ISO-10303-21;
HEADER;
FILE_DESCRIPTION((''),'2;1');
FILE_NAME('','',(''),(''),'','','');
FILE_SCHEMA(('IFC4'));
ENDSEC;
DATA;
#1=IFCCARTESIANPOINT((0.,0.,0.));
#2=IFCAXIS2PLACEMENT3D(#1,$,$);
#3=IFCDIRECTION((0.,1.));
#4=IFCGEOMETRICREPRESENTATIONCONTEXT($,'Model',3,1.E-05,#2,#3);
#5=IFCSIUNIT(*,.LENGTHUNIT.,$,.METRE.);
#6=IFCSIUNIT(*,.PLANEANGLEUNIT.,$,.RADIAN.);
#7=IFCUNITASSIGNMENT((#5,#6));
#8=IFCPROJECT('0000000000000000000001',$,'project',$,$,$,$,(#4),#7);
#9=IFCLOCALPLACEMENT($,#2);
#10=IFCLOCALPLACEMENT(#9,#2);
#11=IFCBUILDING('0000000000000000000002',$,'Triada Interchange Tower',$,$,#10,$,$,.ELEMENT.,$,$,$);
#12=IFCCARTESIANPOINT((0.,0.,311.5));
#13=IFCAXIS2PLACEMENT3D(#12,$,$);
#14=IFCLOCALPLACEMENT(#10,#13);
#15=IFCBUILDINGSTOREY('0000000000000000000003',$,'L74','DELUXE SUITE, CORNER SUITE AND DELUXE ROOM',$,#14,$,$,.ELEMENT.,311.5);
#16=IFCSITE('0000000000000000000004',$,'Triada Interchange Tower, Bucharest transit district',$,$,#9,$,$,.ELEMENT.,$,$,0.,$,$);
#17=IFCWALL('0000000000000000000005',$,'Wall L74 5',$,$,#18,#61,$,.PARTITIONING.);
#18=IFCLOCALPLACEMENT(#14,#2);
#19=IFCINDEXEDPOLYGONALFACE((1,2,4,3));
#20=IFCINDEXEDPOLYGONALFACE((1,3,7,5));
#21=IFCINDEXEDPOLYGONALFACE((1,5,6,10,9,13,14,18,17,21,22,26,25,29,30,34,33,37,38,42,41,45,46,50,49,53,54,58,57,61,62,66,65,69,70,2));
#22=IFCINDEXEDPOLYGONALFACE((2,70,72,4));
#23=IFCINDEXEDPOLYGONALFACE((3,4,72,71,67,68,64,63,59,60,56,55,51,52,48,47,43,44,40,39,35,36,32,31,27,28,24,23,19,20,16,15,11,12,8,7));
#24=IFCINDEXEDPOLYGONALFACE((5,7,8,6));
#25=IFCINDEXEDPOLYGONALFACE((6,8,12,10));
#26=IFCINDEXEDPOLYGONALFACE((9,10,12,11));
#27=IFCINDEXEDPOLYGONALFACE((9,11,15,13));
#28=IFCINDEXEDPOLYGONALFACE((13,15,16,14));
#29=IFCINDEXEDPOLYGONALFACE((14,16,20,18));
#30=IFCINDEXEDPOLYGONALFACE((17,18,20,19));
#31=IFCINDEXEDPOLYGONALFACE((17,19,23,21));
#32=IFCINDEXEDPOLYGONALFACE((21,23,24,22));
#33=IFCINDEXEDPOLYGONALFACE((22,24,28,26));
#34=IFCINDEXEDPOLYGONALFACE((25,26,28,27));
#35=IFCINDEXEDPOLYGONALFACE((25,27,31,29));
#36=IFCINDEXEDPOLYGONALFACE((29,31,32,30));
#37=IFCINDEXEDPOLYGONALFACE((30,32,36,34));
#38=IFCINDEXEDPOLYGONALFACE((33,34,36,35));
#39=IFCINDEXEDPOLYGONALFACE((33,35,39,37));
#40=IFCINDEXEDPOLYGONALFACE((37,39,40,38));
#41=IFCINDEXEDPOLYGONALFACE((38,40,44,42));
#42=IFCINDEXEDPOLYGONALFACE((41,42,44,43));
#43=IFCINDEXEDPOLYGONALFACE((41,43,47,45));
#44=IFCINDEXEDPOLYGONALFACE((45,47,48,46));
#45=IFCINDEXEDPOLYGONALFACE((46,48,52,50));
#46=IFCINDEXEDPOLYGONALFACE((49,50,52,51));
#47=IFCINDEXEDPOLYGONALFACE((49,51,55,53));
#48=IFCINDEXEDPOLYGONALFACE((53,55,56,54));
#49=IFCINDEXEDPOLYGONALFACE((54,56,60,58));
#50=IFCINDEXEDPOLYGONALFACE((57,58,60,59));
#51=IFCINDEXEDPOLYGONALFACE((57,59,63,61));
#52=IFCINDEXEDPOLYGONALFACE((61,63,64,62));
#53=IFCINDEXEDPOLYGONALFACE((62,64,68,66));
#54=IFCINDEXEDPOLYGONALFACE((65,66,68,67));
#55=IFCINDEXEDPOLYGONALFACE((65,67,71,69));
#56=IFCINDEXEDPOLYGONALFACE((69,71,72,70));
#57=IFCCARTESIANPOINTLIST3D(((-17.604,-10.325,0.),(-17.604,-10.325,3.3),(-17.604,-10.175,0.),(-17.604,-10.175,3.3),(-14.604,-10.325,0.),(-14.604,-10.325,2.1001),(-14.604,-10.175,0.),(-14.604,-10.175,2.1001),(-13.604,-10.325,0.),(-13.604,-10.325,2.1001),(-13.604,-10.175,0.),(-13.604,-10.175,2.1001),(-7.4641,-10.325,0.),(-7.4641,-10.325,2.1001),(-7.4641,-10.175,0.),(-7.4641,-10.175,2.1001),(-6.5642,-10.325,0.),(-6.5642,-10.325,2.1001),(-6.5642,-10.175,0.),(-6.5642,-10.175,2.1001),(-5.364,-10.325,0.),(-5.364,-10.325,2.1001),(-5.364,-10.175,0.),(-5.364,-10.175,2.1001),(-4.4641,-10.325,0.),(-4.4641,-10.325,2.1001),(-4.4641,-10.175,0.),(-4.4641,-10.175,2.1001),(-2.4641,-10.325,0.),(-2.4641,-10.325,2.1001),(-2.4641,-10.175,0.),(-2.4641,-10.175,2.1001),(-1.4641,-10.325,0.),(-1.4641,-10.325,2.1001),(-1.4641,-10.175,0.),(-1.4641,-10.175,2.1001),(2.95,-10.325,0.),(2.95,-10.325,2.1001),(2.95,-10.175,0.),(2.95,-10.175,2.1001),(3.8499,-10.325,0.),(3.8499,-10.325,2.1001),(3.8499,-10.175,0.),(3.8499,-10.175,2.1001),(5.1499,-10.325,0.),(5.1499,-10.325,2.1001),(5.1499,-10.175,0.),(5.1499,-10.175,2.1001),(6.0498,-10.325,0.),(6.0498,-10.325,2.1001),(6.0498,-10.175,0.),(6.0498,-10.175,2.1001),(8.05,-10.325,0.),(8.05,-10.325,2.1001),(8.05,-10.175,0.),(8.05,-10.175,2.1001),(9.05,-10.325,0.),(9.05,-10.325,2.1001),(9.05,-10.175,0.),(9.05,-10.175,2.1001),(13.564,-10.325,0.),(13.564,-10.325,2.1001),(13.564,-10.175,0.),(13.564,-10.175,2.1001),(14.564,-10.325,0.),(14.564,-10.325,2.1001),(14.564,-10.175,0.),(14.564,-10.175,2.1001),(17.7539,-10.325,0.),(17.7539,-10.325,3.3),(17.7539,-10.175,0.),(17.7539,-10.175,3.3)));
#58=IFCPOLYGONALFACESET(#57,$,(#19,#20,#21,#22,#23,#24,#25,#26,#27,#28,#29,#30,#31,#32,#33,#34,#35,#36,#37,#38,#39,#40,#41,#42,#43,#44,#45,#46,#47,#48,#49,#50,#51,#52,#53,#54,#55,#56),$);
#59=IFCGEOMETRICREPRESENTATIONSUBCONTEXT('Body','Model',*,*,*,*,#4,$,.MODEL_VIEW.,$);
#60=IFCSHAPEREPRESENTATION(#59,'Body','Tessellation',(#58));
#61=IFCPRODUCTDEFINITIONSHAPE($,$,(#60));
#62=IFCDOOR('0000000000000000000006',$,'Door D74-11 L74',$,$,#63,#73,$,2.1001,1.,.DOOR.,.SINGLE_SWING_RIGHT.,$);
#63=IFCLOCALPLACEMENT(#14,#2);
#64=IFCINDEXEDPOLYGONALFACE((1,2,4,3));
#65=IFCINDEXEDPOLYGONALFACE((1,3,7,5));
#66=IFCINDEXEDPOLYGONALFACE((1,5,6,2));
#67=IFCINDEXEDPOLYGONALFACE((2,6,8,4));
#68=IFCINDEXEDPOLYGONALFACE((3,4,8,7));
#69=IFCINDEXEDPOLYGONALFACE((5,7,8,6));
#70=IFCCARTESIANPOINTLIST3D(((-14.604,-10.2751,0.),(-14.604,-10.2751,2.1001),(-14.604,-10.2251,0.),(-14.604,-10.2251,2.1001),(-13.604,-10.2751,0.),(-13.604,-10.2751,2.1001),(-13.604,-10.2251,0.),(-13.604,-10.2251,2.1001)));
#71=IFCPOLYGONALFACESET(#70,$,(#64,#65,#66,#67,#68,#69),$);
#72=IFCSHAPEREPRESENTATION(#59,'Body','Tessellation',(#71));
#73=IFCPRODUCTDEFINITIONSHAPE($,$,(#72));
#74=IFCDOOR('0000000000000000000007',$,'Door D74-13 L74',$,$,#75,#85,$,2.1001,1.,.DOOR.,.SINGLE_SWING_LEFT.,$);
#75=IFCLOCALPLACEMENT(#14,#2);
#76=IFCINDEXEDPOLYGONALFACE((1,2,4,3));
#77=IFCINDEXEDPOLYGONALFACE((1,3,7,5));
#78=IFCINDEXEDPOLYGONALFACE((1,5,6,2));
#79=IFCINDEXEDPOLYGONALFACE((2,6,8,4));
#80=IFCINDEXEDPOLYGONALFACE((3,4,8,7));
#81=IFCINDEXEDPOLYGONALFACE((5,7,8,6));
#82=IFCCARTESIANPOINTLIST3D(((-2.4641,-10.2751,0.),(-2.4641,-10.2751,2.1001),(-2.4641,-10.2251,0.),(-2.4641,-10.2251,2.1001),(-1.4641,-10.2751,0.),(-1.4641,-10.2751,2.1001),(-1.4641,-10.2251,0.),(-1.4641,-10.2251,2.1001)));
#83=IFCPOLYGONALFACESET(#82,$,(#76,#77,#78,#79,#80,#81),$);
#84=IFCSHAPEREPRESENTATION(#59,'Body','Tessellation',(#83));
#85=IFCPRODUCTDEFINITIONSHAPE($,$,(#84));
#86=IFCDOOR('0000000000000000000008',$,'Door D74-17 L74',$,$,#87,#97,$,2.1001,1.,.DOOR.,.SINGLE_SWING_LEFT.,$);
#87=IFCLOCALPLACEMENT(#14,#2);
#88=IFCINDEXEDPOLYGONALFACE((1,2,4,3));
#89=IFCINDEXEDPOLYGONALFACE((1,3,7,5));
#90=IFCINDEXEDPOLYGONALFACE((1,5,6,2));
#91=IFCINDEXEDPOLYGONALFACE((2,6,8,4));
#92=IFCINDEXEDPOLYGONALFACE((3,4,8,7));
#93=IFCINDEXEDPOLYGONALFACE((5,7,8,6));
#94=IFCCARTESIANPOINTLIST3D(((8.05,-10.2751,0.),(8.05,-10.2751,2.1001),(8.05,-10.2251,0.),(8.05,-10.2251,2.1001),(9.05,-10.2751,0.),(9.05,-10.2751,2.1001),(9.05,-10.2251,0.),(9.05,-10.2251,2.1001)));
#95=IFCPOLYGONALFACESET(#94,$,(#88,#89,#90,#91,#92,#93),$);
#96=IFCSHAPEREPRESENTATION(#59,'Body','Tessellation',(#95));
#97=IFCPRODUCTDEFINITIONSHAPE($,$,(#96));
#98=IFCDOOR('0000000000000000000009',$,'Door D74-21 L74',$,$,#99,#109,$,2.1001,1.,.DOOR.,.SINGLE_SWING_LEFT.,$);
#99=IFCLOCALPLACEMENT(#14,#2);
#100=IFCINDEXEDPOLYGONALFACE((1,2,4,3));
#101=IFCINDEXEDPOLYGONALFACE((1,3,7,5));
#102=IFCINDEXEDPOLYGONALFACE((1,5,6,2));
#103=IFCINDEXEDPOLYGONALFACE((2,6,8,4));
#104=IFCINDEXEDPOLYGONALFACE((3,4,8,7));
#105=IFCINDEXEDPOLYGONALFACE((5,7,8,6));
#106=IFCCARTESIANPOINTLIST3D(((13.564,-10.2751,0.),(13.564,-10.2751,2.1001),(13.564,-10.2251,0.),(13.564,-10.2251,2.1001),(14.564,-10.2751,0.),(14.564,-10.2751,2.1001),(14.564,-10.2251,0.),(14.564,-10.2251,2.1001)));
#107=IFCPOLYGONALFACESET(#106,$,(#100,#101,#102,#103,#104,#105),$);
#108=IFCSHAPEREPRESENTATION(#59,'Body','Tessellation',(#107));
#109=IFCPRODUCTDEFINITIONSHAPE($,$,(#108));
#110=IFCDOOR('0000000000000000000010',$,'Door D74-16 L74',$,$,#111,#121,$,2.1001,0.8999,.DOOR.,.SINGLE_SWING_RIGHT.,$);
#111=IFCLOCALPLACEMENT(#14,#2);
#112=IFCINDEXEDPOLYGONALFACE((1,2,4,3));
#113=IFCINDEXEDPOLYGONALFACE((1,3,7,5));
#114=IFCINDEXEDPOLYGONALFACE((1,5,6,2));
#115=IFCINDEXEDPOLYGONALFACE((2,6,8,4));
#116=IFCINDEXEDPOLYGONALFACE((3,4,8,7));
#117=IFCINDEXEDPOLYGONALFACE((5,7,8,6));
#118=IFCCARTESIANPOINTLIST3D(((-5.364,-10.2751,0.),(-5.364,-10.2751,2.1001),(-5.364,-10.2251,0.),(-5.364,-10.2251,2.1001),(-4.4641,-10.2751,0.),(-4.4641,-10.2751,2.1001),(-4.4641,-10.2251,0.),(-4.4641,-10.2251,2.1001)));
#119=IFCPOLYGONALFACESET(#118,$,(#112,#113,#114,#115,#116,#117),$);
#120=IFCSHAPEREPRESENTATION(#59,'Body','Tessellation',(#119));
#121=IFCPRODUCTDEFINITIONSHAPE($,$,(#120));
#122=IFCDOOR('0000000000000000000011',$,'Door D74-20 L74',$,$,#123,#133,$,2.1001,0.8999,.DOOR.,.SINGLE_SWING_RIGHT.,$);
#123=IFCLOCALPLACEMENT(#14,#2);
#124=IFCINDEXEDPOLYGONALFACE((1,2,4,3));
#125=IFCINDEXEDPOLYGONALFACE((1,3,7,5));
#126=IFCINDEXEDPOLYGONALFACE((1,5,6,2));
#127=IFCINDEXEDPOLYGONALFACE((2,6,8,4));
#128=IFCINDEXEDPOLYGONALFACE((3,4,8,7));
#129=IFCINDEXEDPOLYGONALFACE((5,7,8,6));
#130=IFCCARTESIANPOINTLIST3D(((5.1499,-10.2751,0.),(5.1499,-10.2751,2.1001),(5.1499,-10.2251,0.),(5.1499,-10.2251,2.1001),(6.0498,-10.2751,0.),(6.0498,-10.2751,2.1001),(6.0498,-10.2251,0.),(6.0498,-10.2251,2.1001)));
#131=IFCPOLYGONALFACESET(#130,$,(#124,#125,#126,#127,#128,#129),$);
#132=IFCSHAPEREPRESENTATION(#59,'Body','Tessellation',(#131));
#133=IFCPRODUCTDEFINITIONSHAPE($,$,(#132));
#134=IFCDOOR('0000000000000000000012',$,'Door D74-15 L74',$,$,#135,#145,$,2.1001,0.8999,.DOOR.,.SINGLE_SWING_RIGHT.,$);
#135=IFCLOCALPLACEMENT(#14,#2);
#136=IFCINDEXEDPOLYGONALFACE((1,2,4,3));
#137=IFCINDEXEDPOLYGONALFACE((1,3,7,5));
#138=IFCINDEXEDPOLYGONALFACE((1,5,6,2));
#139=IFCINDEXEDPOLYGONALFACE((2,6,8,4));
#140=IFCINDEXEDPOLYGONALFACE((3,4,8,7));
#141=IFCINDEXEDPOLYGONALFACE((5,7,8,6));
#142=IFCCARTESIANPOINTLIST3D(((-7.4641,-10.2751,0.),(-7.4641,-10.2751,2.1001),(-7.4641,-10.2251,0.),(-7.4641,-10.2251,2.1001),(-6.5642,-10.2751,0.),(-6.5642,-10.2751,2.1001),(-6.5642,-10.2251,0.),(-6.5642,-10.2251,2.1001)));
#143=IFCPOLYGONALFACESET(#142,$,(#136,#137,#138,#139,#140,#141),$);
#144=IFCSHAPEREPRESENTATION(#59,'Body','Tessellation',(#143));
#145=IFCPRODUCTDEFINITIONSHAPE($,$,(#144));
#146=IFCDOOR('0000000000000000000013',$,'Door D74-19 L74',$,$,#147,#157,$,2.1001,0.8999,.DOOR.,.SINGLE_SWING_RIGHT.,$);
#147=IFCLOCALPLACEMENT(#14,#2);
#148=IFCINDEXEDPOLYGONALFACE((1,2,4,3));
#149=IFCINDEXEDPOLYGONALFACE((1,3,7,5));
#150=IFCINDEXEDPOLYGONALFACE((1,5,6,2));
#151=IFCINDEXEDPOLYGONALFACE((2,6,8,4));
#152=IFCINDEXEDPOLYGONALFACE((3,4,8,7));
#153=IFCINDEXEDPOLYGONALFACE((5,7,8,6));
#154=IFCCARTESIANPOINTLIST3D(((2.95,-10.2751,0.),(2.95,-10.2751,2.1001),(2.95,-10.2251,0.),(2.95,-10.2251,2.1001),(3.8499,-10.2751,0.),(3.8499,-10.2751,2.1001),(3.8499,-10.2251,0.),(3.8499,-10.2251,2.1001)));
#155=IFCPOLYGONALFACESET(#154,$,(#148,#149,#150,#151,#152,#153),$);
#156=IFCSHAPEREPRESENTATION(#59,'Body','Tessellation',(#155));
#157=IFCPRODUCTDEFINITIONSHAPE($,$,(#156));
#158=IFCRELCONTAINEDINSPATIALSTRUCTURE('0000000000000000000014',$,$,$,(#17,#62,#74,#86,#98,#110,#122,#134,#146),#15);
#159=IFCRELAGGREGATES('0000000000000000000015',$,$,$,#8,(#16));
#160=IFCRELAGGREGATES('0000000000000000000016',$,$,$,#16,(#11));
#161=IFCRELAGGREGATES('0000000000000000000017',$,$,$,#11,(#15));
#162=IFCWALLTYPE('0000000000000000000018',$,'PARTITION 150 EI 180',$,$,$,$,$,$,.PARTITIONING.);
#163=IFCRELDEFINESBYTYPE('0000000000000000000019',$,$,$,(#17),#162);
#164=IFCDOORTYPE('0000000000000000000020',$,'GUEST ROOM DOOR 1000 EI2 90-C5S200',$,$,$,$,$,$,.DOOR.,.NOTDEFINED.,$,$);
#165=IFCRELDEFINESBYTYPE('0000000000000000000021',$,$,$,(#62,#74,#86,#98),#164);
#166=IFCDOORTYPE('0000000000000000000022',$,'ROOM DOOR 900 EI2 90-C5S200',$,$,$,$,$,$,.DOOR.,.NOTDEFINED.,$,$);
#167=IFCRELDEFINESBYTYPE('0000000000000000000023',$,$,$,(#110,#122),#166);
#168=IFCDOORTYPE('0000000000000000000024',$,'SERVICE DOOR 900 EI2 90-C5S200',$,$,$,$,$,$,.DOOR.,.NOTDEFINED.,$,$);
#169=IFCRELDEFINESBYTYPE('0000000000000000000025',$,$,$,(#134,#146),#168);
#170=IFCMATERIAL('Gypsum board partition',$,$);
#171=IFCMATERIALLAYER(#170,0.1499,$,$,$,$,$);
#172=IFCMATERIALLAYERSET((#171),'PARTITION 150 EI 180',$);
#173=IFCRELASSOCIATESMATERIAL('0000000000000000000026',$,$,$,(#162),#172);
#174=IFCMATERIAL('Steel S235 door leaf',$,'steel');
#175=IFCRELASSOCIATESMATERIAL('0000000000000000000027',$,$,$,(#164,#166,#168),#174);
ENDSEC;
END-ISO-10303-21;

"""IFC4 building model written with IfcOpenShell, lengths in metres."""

from ifc_helpers import new_model, si_unit, direction, frame, frame_2d, origin, place, context, subcontext, project, spatial, rectangle, extrude, material, layer, layer_set, type_object, element, fill, save


model = new_model("IFC4")

# Units and contexts
model_context = context("Model", 3, precision=1e-05, world=origin(), true_north=direction((0.0, 1.0)))
body_context = subcontext(model_context, "Body", "Model", "MODEL_VIEW")
ifc_project = project(units=[si_unit("LENGTHUNIT", "METRE"), si_unit("PLANEANGLEUNIT", "RADIAN")], contexts=[model_context])

# Site, building, storey
site_placement = place(None, origin())
site = spatial("IfcSite", under=ifc_project, at=site_placement, Name="Triada Interchange Tower, Bucharest transit district", CompositionType="ELEMENT", RefElevation=0.0)
building_placement = place(site_placement, origin())
building = spatial("IfcBuilding", under=site, at=building_placement, Name="Triada Interchange Tower", CompositionType="ELEMENT")
storey_placement = place(building_placement, frame((0.0, 0.0, 311.5)))
storey = spatial("IfcBuildingStorey", under=building, at=storey_placement, Name="L74", Description="DELUXE SUITE, CORNER SUITE AND DELUXE ROOM", CompositionType="ELEMENT", Elevation=311.5)

# Shared definitions
ifc_material_1 = material(Name="Gypsum board partition")
ifc_layer_1 = layer(ifc_material_1, 0.1499)
ifc_layer_set_1 = layer_set([ifc_layer_1], Name="PARTITION 150 EI 180")
wall_type_1 = type_object("IfcWallType", Name="PARTITION 150 EI 180", PredefinedType="PARTITIONING", material=ifc_layer_set_1)

# Wall, openings, doors
wall_1_placement = place(storey_placement, frame((-17.604, -10.25, 0.0), z_axis=(0.0, 0.0, 1.0), x_axis=(1.0, 0.0, 0.0)))
wall_1 = element("IfcWall", 1, at=wall_1_placement, inside=storey, type_object=wall_type_1, Name="Wall L74 5", PredefinedType="PARTITIONING", context=body_context, shape_type="SweptSolid", body=[
    extrude(rectangle(XDim=35.3579, YDim=0.1499, at=frame_2d((17.679, 0.0))), origin(), (0.0, 0.0, 1.0), 3.3),
])
opening_1_placement = place(wall_1_placement, frame((3.0, 0.0, 0.0)))
opening_1 = element("IfcOpeningElement", 2, at=opening_1_placement, cuts=wall_1, PredefinedType="OPENING", context=body_context, shape_type="SweptSolid", body=[
    extrude(rectangle(XDim=1.0, YDim=2.1001, at=frame_2d((0.5, 1.05))), frame((0.0, 0.085, 0.0), z_axis=(0.0, -1.0, 0.0), x_axis=(1.0, 0.0, 0.0)), (0.0, 0.0, 1.0), 0.1699),
])
opening_2_placement = place(wall_1_placement, frame((15.1399, 0.0, 0.0)))
opening_2 = element("IfcOpeningElement", 3, at=opening_2_placement, cuts=wall_1, PredefinedType="OPENING", context=body_context, shape_type="SweptSolid", body=[
    extrude(rectangle(XDim=1.0, YDim=2.1001, at=frame_2d((0.5, 1.05))), frame((0.0, 0.085, 0.0), z_axis=(0.0, -1.0, 0.0), x_axis=(1.0, 0.0, 0.0)), (0.0, 0.0, 1.0), 0.1699),
])
opening_3_placement = place(wall_1_placement, frame((10.1399, 0.0, 0.0)))
opening_3 = element("IfcOpeningElement", 4, at=opening_3_placement, cuts=wall_1, PredefinedType="OPENING", context=body_context, shape_type="SweptSolid", body=[
    extrude(rectangle(XDim=0.8999, YDim=2.1001, at=frame_2d((0.45, 1.05))), frame((0.0, 0.085, 0.0), z_axis=(0.0, -1.0, 0.0), x_axis=(1.0, 0.0, 0.0)), (0.0, 0.0, 1.0), 0.1699),
])
opening_4_placement = place(wall_1_placement, frame((12.24, 0.0, 0.0)))
opening_4 = element("IfcOpeningElement", 5, at=opening_4_placement, cuts=wall_1, PredefinedType="OPENING", context=body_context, shape_type="SweptSolid", body=[
    extrude(rectangle(XDim=0.8999, YDim=2.1001, at=frame_2d((0.45, 1.05))), frame((0.0, 0.085, 0.0), z_axis=(0.0, -1.0, 0.0), x_axis=(1.0, 0.0, 0.0)), (0.0, 0.0, 1.0), 0.1699),
])
opening_5_placement = place(wall_1_placement, frame((25.6541, 0.0, 0.0)))
opening_5 = element("IfcOpeningElement", 6, at=opening_5_placement, cuts=wall_1, PredefinedType="OPENING", context=body_context, shape_type="SweptSolid", body=[
    extrude(rectangle(XDim=1.0, YDim=2.1001, at=frame_2d((0.5, 1.05))), frame((0.0, 0.085, 0.0), z_axis=(0.0, -1.0, 0.0), x_axis=(1.0, 0.0, 0.0)), (0.0, 0.0, 1.0), 0.1699),
])
opening_6_placement = place(wall_1_placement, frame((20.554, 0.0, 0.0)))
opening_6 = element("IfcOpeningElement", 7, at=opening_6_placement, cuts=wall_1, PredefinedType="OPENING", context=body_context, shape_type="SweptSolid", body=[
    extrude(rectangle(XDim=0.8999, YDim=2.1001, at=frame_2d((0.45, 1.05))), frame((0.0, 0.085, 0.0), z_axis=(0.0, -1.0, 0.0), x_axis=(1.0, 0.0, 0.0)), (0.0, 0.0, 1.0), 0.1699),
])
opening_7_placement = place(wall_1_placement, frame((22.7539, 0.0, 0.0)))
opening_7 = element("IfcOpeningElement", 8, at=opening_7_placement, cuts=wall_1, PredefinedType="OPENING", context=body_context, shape_type="SweptSolid", body=[
    extrude(rectangle(XDim=0.8999, YDim=2.1001, at=frame_2d((0.45, 1.05))), frame((0.0, 0.085, 0.0), z_axis=(0.0, -1.0, 0.0), x_axis=(1.0, 0.0, 0.0)), (0.0, 0.0, 1.0), 0.1699),
])
opening_8_placement = place(wall_1_placement, frame((31.168, 0.0, 0.0)))
opening_8 = element("IfcOpeningElement", 9, at=opening_8_placement, cuts=wall_1, PredefinedType="OPENING", context=body_context, shape_type="SweptSolid", body=[
    extrude(rectangle(XDim=1.0, YDim=2.1001, at=frame_2d((0.5, 1.05))), frame((0.0, 0.085, 0.0), z_axis=(0.0, -1.0, 0.0), x_axis=(1.0, 0.0, 0.0)), (0.0, 0.0, 1.0), 0.1699),
])
ifc_material_2 = material(Name="Steel S235 door leaf", Category="steel")
door_type_1 = type_object("IfcDoorType", Name="GUEST ROOM DOOR 1000 EI2 90-C5S200", OperationType="NOTDEFINED", PredefinedType="DOOR", material=ifc_material_2)
door_1_placement = place(opening_1_placement, origin())
door_1 = element("IfcDoor", 10, at=door_1_placement, inside=storey, type_object=door_type_1, Name="Door D74-11 L74", OperationType="SINGLE_SWING_RIGHT", OverallHeight=2.1001, OverallWidth=1.0, PredefinedType="DOOR", context=body_context, shape_type="SweptSolid", body=[
    extrude(rectangle(XDim=1.0, YDim=2.1001, at=frame_2d((0.5, 1.05))), frame((0.0, 0.0249, 0.0), z_axis=(0.0, -1.0, 0.0), x_axis=(1.0, 0.0, 0.0)), (0.0, 0.0, 1.0), 0.05),
])
fill(opening_1, door_1)
door_2_placement = place(opening_2_placement, origin())
door_2 = element("IfcDoor", 11, at=door_2_placement, inside=storey, type_object=door_type_1, Name="Door D74-13 L74", OperationType="SINGLE_SWING_LEFT", OverallHeight=2.1001, OverallWidth=1.0, PredefinedType="DOOR", context=body_context, shape_type="SweptSolid", body=[
    extrude(rectangle(XDim=1.0, YDim=2.1001, at=frame_2d((0.5, 1.05))), frame((0.0, 0.0249, 0.0), z_axis=(0.0, -1.0, 0.0), x_axis=(1.0, 0.0, 0.0)), (0.0, 0.0, 1.0), 0.05),
])
fill(opening_2, door_2)
door_3_placement = place(opening_5_placement, origin())
door_3 = element("IfcDoor", 12, at=door_3_placement, inside=storey, type_object=door_type_1, Name="Door D74-17 L74", OperationType="SINGLE_SWING_LEFT", OverallHeight=2.1001, OverallWidth=1.0, PredefinedType="DOOR", context=body_context, shape_type="SweptSolid", body=[
    extrude(rectangle(XDim=1.0, YDim=2.1001, at=frame_2d((0.5, 1.05))), frame((0.0, 0.0249, 0.0), z_axis=(0.0, -1.0, 0.0), x_axis=(1.0, 0.0, 0.0)), (0.0, 0.0, 1.0), 0.05),
])
fill(opening_5, door_3)
door_4_placement = place(opening_8_placement, origin())
door_4 = element("IfcDoor", 13, at=door_4_placement, inside=storey, type_object=door_type_1, Name="Door D74-21 L74", OperationType="SINGLE_SWING_LEFT", OverallHeight=2.1001, OverallWidth=1.0, PredefinedType="DOOR", context=body_context, shape_type="SweptSolid", body=[
    extrude(rectangle(XDim=1.0, YDim=2.1001, at=frame_2d((0.5, 1.05))), frame((0.0, 0.0249, 0.0), z_axis=(0.0, -1.0, 0.0), x_axis=(1.0, 0.0, 0.0)), (0.0, 0.0, 1.0), 0.05),
])
fill(opening_8, door_4)
door_type_2 = type_object("IfcDoorType", Name="ROOM DOOR 900 EI2 90-C5S200", OperationType="NOTDEFINED", PredefinedType="DOOR", material=ifc_material_2)
door_5_placement = place(opening_4_placement, origin())
door_5 = element("IfcDoor", 14, at=door_5_placement, inside=storey, type_object=door_type_2, Name="Door D74-16 L74", OperationType="SINGLE_SWING_RIGHT", OverallHeight=2.1001, OverallWidth=0.8999, PredefinedType="DOOR", context=body_context, shape_type="SweptSolid", body=[
    extrude(rectangle(XDim=0.8999, YDim=2.1001, at=frame_2d((0.45, 1.05))), frame((0.0, 0.0249, 0.0), z_axis=(0.0, -1.0, 0.0), x_axis=(1.0, 0.0, 0.0)), (0.0, 0.0, 1.0), 0.05),
])
fill(opening_4, door_5)
door_6_placement = place(opening_7_placement, origin())
door_6 = element("IfcDoor", 15, at=door_6_placement, inside=storey, type_object=door_type_2, Name="Door D74-20 L74", OperationType="SINGLE_SWING_RIGHT", OverallHeight=2.1001, OverallWidth=0.8999, PredefinedType="DOOR", context=body_context, shape_type="SweptSolid", body=[
    extrude(rectangle(XDim=0.8999, YDim=2.1001, at=frame_2d((0.45, 1.05))), frame((0.0, 0.0249, 0.0), z_axis=(0.0, -1.0, 0.0), x_axis=(1.0, 0.0, 0.0)), (0.0, 0.0, 1.0), 0.05),
])
fill(opening_7, door_6)
door_type_3 = type_object("IfcDoorType", Name="SERVICE DOOR 900 EI2 90-C5S200", OperationType="NOTDEFINED", PredefinedType="DOOR", material=ifc_material_2)
door_7_placement = place(opening_3_placement, origin())
door_7 = element("IfcDoor", 16, at=door_7_placement, inside=storey, type_object=door_type_3, Name="Door D74-15 L74", OperationType="SINGLE_SWING_RIGHT", OverallHeight=2.1001, OverallWidth=0.8999, PredefinedType="DOOR", context=body_context, shape_type="SweptSolid", body=[
    extrude(rectangle(XDim=0.8999, YDim=2.1001, at=frame_2d((0.45, 1.05))), frame((0.0, 0.0249, 0.0), z_axis=(0.0, -1.0, 0.0), x_axis=(1.0, 0.0, 0.0)), (0.0, 0.0, 1.0), 0.05),
])
fill(opening_3, door_7)
door_8_placement = place(opening_6_placement, origin())
door_8 = element("IfcDoor", 17, at=door_8_placement, inside=storey, type_object=door_type_3, Name="Door D74-19 L74", OperationType="SINGLE_SWING_RIGHT", OverallHeight=2.1001, OverallWidth=0.8999, PredefinedType="DOOR", context=body_context, shape_type="SweptSolid", body=[
    extrude(rectangle(XDim=0.8999, YDim=2.1001, at=frame_2d((0.45, 1.05))), frame((0.0, 0.0249, 0.0), z_axis=(0.0, -1.0, 0.0), x_axis=(1.0, 0.0, 0.0)), (0.0, 0.0, 1.0), 0.05),
])
fill(opening_6, door_8)

save(model, "model.ifc")
